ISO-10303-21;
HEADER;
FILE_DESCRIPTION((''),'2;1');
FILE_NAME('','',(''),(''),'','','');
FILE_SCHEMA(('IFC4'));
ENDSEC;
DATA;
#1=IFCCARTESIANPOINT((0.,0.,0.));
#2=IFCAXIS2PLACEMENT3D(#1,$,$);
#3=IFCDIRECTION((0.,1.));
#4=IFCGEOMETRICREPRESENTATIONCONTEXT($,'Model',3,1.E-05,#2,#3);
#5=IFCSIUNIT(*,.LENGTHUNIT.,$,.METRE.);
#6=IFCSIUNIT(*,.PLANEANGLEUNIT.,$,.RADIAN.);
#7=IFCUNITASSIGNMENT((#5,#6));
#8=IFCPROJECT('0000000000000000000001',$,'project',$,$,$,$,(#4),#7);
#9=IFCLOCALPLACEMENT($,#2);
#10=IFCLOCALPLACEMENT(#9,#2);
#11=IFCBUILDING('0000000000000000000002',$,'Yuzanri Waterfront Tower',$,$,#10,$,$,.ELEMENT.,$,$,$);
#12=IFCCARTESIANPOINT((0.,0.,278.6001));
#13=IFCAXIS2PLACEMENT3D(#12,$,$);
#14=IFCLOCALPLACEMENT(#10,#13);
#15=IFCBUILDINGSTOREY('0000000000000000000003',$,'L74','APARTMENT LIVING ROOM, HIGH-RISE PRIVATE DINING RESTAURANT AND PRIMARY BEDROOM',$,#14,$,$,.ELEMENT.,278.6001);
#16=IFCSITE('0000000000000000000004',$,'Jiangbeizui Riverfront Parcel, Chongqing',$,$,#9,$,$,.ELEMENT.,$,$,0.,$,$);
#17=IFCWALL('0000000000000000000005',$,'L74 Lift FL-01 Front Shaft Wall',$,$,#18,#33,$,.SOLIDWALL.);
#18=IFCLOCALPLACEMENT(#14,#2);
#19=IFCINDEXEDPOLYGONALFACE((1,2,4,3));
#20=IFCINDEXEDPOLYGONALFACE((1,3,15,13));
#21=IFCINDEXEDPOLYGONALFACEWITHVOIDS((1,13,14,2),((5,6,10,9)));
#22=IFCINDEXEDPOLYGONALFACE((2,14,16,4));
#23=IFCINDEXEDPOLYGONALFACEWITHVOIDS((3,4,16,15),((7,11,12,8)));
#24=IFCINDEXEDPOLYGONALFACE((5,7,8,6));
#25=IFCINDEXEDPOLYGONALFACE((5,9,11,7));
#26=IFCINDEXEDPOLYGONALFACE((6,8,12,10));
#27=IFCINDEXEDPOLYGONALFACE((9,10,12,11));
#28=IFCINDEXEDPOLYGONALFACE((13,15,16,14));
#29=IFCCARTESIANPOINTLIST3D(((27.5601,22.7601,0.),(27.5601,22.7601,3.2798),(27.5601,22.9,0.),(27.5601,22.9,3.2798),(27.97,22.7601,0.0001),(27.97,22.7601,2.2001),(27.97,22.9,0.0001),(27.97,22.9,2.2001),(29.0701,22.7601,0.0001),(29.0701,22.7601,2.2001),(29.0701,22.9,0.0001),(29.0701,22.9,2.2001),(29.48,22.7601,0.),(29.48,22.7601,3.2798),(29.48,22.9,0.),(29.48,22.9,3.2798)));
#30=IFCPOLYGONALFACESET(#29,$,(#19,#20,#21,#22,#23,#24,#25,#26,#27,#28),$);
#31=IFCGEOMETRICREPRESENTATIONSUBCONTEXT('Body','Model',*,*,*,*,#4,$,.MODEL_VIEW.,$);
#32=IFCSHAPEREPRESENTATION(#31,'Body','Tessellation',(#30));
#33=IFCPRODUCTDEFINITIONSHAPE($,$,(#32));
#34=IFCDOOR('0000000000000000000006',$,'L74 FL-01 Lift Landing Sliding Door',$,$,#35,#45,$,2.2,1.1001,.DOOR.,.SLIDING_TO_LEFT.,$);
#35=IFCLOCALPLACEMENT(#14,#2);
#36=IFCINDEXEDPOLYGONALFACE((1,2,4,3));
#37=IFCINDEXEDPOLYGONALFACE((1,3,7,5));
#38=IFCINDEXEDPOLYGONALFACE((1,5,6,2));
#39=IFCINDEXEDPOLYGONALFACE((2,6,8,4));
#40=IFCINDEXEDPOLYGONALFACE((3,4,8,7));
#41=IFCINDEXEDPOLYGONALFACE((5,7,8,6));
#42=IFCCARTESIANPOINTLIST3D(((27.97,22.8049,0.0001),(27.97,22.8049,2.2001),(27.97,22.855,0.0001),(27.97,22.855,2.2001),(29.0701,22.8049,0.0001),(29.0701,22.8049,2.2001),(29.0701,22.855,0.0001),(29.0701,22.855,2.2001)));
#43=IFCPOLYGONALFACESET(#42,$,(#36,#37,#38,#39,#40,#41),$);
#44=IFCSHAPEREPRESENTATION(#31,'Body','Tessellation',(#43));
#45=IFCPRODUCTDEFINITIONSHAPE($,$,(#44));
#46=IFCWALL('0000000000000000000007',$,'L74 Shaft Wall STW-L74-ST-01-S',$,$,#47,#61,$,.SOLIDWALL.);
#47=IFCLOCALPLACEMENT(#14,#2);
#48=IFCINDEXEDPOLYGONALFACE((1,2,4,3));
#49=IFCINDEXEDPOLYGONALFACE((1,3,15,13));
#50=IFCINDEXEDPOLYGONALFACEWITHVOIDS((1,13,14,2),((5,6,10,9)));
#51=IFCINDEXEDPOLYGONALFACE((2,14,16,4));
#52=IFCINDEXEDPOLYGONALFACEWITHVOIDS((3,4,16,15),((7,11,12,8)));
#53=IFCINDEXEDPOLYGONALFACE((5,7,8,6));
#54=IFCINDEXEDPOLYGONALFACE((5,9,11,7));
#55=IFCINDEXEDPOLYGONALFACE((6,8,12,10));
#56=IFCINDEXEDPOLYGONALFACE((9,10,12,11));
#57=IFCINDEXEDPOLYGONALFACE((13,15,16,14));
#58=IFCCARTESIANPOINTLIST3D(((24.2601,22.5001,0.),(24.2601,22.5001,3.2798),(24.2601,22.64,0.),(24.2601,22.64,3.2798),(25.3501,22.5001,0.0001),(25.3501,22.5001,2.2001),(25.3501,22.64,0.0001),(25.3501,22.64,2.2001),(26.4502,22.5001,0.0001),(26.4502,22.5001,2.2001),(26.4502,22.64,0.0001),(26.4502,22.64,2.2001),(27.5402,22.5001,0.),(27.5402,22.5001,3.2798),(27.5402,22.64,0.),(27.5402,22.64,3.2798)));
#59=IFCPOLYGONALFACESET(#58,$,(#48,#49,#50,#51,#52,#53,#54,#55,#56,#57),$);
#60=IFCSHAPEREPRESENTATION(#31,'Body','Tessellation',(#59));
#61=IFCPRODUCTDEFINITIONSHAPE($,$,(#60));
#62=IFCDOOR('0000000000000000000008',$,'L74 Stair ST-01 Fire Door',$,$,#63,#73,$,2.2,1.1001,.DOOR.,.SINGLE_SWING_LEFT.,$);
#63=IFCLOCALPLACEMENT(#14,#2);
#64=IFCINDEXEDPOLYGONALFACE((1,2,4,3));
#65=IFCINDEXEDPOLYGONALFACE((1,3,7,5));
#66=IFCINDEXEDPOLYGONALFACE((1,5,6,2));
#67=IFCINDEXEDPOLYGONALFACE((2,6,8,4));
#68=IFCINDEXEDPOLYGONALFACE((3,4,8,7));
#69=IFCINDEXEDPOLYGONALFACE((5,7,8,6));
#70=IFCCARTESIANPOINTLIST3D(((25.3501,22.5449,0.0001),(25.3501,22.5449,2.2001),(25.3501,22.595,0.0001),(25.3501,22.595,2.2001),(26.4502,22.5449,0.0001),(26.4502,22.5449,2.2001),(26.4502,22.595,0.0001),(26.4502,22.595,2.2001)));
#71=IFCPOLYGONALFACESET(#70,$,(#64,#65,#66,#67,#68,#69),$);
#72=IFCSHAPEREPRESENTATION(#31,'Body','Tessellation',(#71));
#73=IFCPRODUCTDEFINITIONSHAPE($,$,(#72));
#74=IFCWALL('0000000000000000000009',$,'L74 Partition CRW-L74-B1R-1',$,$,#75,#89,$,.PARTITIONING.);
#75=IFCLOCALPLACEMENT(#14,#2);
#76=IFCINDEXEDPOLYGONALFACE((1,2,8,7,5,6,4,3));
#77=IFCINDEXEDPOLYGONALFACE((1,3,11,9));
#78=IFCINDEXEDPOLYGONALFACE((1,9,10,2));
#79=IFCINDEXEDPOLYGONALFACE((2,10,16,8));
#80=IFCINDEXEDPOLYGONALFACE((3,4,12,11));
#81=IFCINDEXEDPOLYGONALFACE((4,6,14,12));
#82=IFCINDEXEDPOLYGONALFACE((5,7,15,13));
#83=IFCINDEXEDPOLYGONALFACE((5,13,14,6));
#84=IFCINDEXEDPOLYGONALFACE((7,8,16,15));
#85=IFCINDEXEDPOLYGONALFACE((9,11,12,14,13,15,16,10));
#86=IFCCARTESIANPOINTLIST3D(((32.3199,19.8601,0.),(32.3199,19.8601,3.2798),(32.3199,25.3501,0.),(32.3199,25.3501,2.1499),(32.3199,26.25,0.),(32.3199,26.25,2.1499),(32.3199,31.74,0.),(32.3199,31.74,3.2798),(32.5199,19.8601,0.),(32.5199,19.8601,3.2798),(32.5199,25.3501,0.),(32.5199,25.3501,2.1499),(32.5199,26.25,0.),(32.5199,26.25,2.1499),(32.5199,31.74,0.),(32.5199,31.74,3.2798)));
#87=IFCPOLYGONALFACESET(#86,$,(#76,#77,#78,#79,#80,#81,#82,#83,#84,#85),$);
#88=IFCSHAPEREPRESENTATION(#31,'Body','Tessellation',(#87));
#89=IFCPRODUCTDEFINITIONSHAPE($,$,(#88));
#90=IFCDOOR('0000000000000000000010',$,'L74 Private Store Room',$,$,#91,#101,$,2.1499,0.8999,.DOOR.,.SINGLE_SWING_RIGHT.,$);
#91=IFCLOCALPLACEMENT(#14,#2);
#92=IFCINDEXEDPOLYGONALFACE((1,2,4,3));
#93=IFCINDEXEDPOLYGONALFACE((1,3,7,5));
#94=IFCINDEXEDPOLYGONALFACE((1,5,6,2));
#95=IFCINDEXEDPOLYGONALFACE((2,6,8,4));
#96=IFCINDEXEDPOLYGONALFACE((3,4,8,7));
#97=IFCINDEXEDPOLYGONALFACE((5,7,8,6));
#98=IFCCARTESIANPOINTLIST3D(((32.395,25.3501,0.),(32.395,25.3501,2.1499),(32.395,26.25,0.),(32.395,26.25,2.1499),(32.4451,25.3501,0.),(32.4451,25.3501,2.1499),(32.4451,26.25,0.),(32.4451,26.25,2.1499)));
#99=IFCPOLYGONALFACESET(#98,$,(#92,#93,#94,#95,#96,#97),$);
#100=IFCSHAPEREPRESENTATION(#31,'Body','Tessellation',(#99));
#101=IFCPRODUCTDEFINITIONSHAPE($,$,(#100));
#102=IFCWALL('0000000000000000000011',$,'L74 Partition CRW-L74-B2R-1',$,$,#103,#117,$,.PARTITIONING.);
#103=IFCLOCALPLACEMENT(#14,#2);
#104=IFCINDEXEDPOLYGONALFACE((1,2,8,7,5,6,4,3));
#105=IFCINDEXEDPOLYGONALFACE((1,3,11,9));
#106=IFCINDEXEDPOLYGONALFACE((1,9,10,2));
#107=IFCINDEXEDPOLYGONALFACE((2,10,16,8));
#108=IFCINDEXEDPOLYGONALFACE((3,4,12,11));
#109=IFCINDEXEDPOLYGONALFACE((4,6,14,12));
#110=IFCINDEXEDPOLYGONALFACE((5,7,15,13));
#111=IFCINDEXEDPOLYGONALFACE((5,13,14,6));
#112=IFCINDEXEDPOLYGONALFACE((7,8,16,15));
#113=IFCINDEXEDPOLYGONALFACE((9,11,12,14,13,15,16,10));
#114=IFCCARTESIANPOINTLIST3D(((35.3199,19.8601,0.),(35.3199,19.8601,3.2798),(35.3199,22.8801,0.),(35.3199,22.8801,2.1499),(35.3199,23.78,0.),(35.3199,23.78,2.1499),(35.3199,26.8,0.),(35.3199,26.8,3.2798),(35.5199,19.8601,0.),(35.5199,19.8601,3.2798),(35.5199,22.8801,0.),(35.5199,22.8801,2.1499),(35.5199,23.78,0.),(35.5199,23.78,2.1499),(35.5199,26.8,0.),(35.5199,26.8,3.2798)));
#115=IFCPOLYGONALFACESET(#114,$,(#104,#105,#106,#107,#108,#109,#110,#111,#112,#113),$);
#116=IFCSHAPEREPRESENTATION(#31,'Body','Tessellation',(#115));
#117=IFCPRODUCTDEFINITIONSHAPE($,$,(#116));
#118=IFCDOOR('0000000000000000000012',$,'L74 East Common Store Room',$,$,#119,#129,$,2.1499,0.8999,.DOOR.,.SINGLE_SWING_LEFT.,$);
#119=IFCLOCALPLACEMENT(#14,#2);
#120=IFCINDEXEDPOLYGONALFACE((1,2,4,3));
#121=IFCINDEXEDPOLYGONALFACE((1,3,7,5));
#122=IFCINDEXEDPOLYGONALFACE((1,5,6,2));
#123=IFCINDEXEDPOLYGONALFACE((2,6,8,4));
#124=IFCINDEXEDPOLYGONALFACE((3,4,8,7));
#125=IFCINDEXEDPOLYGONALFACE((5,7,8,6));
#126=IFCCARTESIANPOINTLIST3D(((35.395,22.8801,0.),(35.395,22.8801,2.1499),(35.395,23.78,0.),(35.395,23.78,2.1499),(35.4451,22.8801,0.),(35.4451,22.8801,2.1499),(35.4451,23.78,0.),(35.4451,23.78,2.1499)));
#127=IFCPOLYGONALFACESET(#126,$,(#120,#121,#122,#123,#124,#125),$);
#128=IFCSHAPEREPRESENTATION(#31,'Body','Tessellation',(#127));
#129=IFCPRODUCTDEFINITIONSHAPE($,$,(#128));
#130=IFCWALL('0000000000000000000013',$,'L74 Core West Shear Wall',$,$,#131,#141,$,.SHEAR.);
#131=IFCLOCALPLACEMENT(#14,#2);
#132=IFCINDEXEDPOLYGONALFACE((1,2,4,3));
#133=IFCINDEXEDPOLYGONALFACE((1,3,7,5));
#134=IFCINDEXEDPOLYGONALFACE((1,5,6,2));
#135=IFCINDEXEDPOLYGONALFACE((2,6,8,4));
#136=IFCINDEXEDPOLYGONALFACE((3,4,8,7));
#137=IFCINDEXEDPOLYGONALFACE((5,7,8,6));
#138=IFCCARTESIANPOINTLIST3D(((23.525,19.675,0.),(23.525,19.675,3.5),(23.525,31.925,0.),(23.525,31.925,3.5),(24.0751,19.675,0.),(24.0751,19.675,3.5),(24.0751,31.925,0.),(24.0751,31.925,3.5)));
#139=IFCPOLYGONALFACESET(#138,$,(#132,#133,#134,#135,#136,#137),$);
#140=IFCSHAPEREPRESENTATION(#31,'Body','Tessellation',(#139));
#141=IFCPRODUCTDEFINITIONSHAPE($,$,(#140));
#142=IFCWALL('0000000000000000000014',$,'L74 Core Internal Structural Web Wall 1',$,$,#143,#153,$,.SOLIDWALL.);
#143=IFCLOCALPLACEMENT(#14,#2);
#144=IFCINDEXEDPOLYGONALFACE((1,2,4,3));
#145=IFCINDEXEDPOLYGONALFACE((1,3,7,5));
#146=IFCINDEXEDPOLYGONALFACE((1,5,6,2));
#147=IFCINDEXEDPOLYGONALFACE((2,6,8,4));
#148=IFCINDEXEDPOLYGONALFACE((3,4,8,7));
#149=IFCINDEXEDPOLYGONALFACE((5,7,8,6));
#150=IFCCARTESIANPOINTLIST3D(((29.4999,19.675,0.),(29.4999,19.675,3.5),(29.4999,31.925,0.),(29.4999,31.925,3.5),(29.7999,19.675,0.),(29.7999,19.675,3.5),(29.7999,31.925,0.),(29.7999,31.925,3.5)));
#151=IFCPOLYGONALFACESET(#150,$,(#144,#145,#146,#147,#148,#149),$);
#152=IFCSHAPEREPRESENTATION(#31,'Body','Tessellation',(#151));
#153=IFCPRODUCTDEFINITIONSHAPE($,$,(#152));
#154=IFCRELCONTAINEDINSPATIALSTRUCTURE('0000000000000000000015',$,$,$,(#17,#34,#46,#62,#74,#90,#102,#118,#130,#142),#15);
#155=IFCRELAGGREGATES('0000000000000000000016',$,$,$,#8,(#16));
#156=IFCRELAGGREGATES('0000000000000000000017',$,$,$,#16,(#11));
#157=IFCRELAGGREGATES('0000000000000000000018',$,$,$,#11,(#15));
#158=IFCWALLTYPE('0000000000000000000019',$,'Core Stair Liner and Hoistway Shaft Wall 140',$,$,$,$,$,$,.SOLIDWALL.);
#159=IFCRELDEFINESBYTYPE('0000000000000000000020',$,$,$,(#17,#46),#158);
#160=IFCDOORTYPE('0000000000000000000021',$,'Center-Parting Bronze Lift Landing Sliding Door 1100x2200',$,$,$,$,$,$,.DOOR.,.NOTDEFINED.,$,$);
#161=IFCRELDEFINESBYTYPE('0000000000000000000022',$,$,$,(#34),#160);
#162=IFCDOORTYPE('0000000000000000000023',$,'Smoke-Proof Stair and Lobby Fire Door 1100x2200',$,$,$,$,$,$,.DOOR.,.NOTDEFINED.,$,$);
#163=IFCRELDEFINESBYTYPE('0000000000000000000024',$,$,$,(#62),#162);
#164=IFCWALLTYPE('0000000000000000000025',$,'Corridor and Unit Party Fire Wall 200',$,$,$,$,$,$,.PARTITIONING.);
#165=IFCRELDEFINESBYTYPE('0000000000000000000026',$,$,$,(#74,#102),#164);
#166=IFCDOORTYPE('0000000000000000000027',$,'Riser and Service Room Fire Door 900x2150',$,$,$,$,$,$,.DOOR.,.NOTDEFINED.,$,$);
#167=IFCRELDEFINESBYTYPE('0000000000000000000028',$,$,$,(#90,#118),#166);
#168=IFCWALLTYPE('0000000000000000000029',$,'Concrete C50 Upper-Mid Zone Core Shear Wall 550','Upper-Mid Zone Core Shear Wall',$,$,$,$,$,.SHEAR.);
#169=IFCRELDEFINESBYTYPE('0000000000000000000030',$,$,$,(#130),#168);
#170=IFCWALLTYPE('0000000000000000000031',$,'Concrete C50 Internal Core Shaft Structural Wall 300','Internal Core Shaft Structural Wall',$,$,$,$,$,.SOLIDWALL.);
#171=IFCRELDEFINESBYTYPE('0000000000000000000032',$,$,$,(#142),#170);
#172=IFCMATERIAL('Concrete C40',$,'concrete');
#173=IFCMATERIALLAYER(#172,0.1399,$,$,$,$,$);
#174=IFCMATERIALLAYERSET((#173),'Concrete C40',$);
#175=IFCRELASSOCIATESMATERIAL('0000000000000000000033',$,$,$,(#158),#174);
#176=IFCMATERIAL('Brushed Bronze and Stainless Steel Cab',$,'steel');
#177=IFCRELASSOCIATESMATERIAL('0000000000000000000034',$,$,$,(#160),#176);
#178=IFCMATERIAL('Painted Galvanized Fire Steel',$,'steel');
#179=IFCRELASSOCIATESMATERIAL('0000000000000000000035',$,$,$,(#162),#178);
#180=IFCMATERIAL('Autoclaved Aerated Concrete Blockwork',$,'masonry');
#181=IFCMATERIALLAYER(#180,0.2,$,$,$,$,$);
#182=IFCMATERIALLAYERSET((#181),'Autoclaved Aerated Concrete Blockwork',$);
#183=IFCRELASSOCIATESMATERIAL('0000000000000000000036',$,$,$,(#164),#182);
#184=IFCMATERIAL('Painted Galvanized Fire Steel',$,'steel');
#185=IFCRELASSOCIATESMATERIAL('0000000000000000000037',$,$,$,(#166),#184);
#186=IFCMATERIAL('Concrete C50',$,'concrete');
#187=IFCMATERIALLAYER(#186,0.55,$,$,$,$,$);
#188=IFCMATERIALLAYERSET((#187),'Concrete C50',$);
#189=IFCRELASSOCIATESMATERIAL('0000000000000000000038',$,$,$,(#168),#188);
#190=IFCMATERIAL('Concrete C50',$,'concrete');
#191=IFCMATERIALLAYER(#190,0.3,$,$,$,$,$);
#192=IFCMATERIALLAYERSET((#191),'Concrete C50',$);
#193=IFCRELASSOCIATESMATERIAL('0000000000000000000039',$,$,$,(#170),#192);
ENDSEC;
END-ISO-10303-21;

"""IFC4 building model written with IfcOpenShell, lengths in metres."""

from ifc_helpers import new_model, si_unit, direction, frame, frame_2d, origin, place, context, subcontext, project, spatial, rectangle, extrude, source, transform, mapped, material, layer, layer_set, type_object, element, fill, save


model = new_model("IFC4")

# Units and contexts
model_context = context("Model", 3, precision=1e-05, world=origin(), true_north=direction((0.0, 1.0)))
body_context = subcontext(model_context, "Body", "Model", "MODEL_VIEW")
ifc_project = project(units=[si_unit("LENGTHUNIT", "METRE"), si_unit("PLANEANGLEUNIT", "RADIAN")], contexts=[model_context])

# Site, building, storey
site_placement = place(None, origin())
site = spatial("IfcSite", under=ifc_project, at=site_placement, Name="Jiangbeizui Riverfront Parcel, Chongqing", CompositionType="ELEMENT", RefElevation=0.0)
building_placement = place(site_placement, origin())
building = spatial("IfcBuilding", under=site, at=building_placement, Name="Yuzanri Waterfront Tower", CompositionType="ELEMENT")
storey_placement = place(building_placement, frame((0.0, 0.0, 278.6001)))
storey = spatial("IfcBuildingStorey", under=building, at=storey_placement, Name="L74", Description="APARTMENT LIVING ROOM, HIGH-RISE PRIVATE DINING RESTAURANT AND PRIMARY BEDROOM", CompositionType="ELEMENT", Elevation=278.6001)

# Walls, openings, doors
ifc_material_1 = material(Name="Concrete C40", Category="concrete")
ifc_layer_1 = layer(ifc_material_1, 0.1399)
ifc_layer_set_1 = layer_set([ifc_layer_1], Name="Concrete C40")
wall_type_1 = type_object("IfcWallType", Name="Core Stair Liner and Hoistway Shaft Wall 140", PredefinedType="SOLIDWALL", material=ifc_layer_set_1)
wall_1_placement = place(storey_placement, frame((27.5601, 22.8301, 0.0), z_axis=(0.0, 0.0, 1.0), x_axis=(1.0, 0.0, 0.0)))
wall_1 = element("IfcWall", 1, at=wall_1_placement, inside=storey, type_object=wall_type_1, Name="L74 Lift FL-01 Front Shaft Wall", PredefinedType="SOLIDWALL", context=body_context, shape_type="SweptSolid", body=[
    extrude(rectangle(XDim=1.9199, YDim=0.1399, at=frame_2d((0.96, 0.0))), origin(), (0.0, 0.0, 1.0), 3.2798),
])
opening_1_placement = place(wall_1_placement, frame((0.4099, 0.0, 0.0)))
opening_1 = element("IfcOpeningElement", 2, at=opening_1_placement, cuts=wall_1, PredefinedType="OPENING", context=body_context, shape_type="SweptSolid", body=[
    extrude(rectangle(XDim=1.1001, YDim=2.2, at=frame_2d((0.55, 1.1001))), frame((0.0, 0.085, 0.0), z_axis=(0.0, -1.0, 0.0), x_axis=(1.0, 0.0, 0.0)), (0.0, 0.0, 1.0), 0.1697),
])
ifc_material_2 = material(Name="Brushed Bronze and Stainless Steel Cab", Category="steel")
door_type_1 = type_object("IfcDoorType", Name="Center-Parting Bronze Lift Landing Sliding Door 1100x2200", OperationType="NOTDEFINED", PredefinedType="DOOR", material=ifc_material_2)
shared_shape_1 = source(origin(), body_context, "Body", "SweptSolid", [
    extrude(rectangle(XDim=1.1001, YDim=2.2, at=frame_2d((0.55, 1.1001))), frame((0.0, 0.0249, 0.0), z_axis=(0.0, -1.0, 0.0), x_axis=(1.0, 0.0, 0.0)), (0.0, 0.0, 1.0), 0.05),
])
door_1_placement = place(opening_1_placement, origin())
door_1 = element("IfcDoor", 3, at=door_1_placement, inside=storey, type_object=door_type_1, Name="L74 FL-01 Lift Landing Sliding Door", OperationType="SLIDING_TO_LEFT", OverallHeight=2.2, OverallWidth=1.1001, PredefinedType="DOOR", context=body_context, shape_type="MappedRepresentation", body=[
    mapped(shared_shape_1, transform((0.0, 0.0, 0.0), scale=1.0)),
])
fill(opening_1, door_1)
wall_2_placement = place(storey_placement, frame((24.26, 22.5701, 0.0), z_axis=(0.0, 0.0, 1.0), x_axis=(1.0, 0.0, 0.0)))
wall_2 = element("IfcWall", 4, at=wall_2_placement, inside=storey, type_object=wall_type_1, Name="L74 Shaft Wall STW-L74-ST-01-S", PredefinedType="SOLIDWALL", context=body_context, shape_type="SweptSolid", body=[
    extrude(rectangle(XDim=3.28, YDim=0.1399, at=frame_2d((1.6401, 0.0))), origin(), (0.0, 0.0, 1.0), 3.2798),
])
opening_2_placement = place(wall_2_placement, frame((1.0901, 0.0, 0.0)))
opening_2 = element("IfcOpeningElement", 5, at=opening_2_placement, cuts=wall_2, PredefinedType="OPENING", context=body_context, shape_type="SweptSolid", body=[
    extrude(rectangle(XDim=1.1001, YDim=2.2, at=frame_2d((0.55, 1.1001))), frame((0.0, 0.085, 0.0), z_axis=(0.0, -1.0, 0.0), x_axis=(1.0, 0.0, 0.0)), (0.0, 0.0, 1.0), 0.1697),
])
ifc_material_3 = material(Name="Painted Galvanized Fire Steel", Category="steel")
door_type_2 = type_object("IfcDoorType", Name="Smoke-Proof Stair and Lobby Fire Door 1100x2200", OperationType="NOTDEFINED", PredefinedType="DOOR", material=ifc_material_3)
shared_shape_2 = source(origin(), body_context, "Body", "SweptSolid", [
    extrude(rectangle(XDim=1.1001, YDim=2.2, at=frame_2d((0.55, 1.1001))), frame((0.0, 0.0249, 0.0), z_axis=(0.0, -1.0, 0.0), x_axis=(1.0, 0.0, 0.0)), (0.0, 0.0, 1.0), 0.05),
])
door_2_placement = place(opening_2_placement, origin())
door_2 = element("IfcDoor", 6, at=door_2_placement, inside=storey, type_object=door_type_2, Name="L74 Stair ST-01 Fire Door", OperationType="SINGLE_SWING_LEFT", OverallHeight=2.2, OverallWidth=1.1001, PredefinedType="DOOR", context=body_context, shape_type="MappedRepresentation", body=[
    mapped(shared_shape_2, transform((0.0, 0.0, 0.0), scale=1.0)),
])
fill(opening_2, door_2)
ifc_material_4 = material(Name="Autoclaved Aerated Concrete Blockwork", Category="masonry")
ifc_layer_2 = layer(ifc_material_4, 0.2)
ifc_layer_set_2 = layer_set([ifc_layer_2], Name="Autoclaved Aerated Concrete Blockwork")
wall_type_2 = type_object("IfcWallType", Name="Corridor and Unit Party Fire Wall 200", PredefinedType="PARTITIONING", material=ifc_layer_set_2)
wall_3_placement = place(storey_placement, frame((32.4199, 19.8601, 0.0), z_axis=(0.0, 0.0, 1.0), x_axis=(0.0, 1.0, 0.0)))
wall_3 = element("IfcWall", 7, at=wall_3_placement, inside=storey, type_object=wall_type_2, Name="L74 Partition CRW-L74-B1R-1", PredefinedType="PARTITIONING", context=body_context, shape_type="SweptSolid", body=[
    extrude(rectangle(XDim=11.8799, YDim=0.2, at=frame_2d((5.9399, 0.0))), origin(), (0.0, 0.0, 1.0), 3.2798),
])
opening_3_placement = place(wall_3_placement, frame((5.49, 0.0, 0.0)))
opening_3 = element("IfcOpeningElement", 8, at=opening_3_placement, cuts=wall_3, PredefinedType="OPENING", context=body_context, shape_type="SweptSolid", body=[
    extrude(rectangle(XDim=0.8999, YDim=2.1499, at=frame_2d((0.45, 1.075))), frame((0.0, 0.1147, 0.0), z_axis=(0.0, -1.0, 0.0), x_axis=(1.0, 0.0, 0.0)), (0.0, 0.0, 1.0), 0.2297),
])
ifc_material_5 = material(Name="Painted Galvanized Fire Steel", Category="steel")
door_type_3 = type_object("IfcDoorType", Name="Riser and Service Room Fire Door 900x2150", OperationType="NOTDEFINED", PredefinedType="DOOR", material=ifc_material_5)
shared_shape_3 = source(origin(), body_context, "Body", "SweptSolid", [
    extrude(rectangle(XDim=0.8999, YDim=2.1499, at=frame_2d((0.45, 1.075))), frame((0.0, 0.0249, 0.0), z_axis=(0.0, -1.0, 0.0), x_axis=(1.0, 0.0, 0.0)), (0.0, 0.0, 1.0), 0.05),
])
door_3_placement = place(opening_3_placement, origin())
door_3 = element("IfcDoor", 9, at=door_3_placement, inside=storey, type_object=door_type_3, Name="L74 Private Store Room", OperationType="SINGLE_SWING_RIGHT", OverallHeight=2.1499, OverallWidth=0.8999, PredefinedType="DOOR", context=body_context, shape_type="MappedRepresentation", body=[
    mapped(shared_shape_3, transform((0.0, 0.0, 0.0), scale=1.0)),
])
fill(opening_3, door_3)
wall_4_placement = place(storey_placement, frame((35.4199, 19.8601, 0.0), z_axis=(0.0, 0.0, 1.0), x_axis=(0.0, 1.0, 0.0)))
wall_4 = element("IfcWall", 10, at=wall_4_placement, inside=storey, type_object=wall_type_2, Name="L74 Partition CRW-L74-B2R-1", PredefinedType="PARTITIONING", context=body_context, shape_type="SweptSolid", body=[
    extrude(rectangle(XDim=6.9399, YDim=0.2, at=frame_2d((3.47, 0.0))), origin(), (0.0, 0.0, 1.0), 3.2798),
])
opening_4_placement = place(wall_4_placement, frame((3.02, 0.0, 0.0)))
opening_4 = element("IfcOpeningElement", 11, at=opening_4_placement, cuts=wall_4, PredefinedType="OPENING", context=body_context, shape_type="SweptSolid", body=[
    extrude(rectangle(XDim=0.8999, YDim=2.1499, at=frame_2d((0.45, 1.075))), frame((0.0, 0.1147, 0.0), z_axis=(0.0, -1.0, 0.0), x_axis=(1.0, 0.0, 0.0)), (0.0, 0.0, 1.0), 0.2297),
])
door_4_placement = place(opening_4_placement, origin())
door_4 = element("IfcDoor", 12, at=door_4_placement, inside=storey, type_object=door_type_3, Name="L74 East Common Store Room", OperationType="SINGLE_SWING_LEFT", OverallHeight=2.1499, OverallWidth=0.8999, PredefinedType="DOOR", context=body_context, shape_type="MappedRepresentation", body=[
    mapped(shared_shape_3, transform((0.0, 0.0, 0.0), scale=1.0)),
])
fill(opening_4, door_4)

# Walls
ifc_material_6 = material(Name="Concrete C50", Category="concrete")
ifc_layer_3 = layer(ifc_material_6, 0.55)
ifc_layer_set_3 = layer_set([ifc_layer_3], Name="Concrete C50")
wall_type_3 = type_object("IfcWallType", Name="Concrete C50 Upper-Mid Zone Core Shear Wall 550", Description="Upper-Mid Zone Core Shear Wall", PredefinedType="SHEAR", material=ifc_layer_set_3)
shared_shape_4 = source(origin(), body_context, "Body", "SweptSolid", [
    extrude(rectangle(XDim=12.25, YDim=0.55, at=frame_2d((6.125, 0.0))), origin(), (0.0, 0.0, 1.0), 3.5),
])
wall_5_placement = place(storey_placement, frame((23.8, 19.675, 0.0), z_axis=(0.0, 0.0, 1.0), x_axis=(0.0, 1.0, 0.0)))
element("IfcWall", 13, at=wall_5_placement, inside=storey, type_object=wall_type_3, Name="L74 Core West Shear Wall", PredefinedType="SHEAR", context=body_context, shape_type="MappedRepresentation", body=[
    mapped(shared_shape_4, transform((0.0, 0.0, 0.0), scale=1.0)),
])
ifc_material_7 = material(Name="Concrete C50", Category="concrete")
ifc_layer_4 = layer(ifc_material_7, 0.3)
ifc_layer_set_4 = layer_set([ifc_layer_4], Name="Concrete C50")
wall_type_4 = type_object("IfcWallType", Name="Concrete C50 Internal Core Shaft Structural Wall 300", Description="Internal Core Shaft Structural Wall", PredefinedType="SOLIDWALL", material=ifc_layer_set_4)
shared_shape_5 = source(origin(), body_context, "Body", "SweptSolid", [
    extrude(rectangle(XDim=12.25, YDim=0.3, at=frame_2d((6.125, 0.0))), origin(), (0.0, 0.0, 1.0), 3.5),
])
wall_6_placement = place(storey_placement, frame((29.6499, 19.675, 0.0), z_axis=(0.0, 0.0, 1.0), x_axis=(0.0, 1.0, 0.0)))
element("IfcWall", 14, at=wall_6_placement, inside=storey, type_object=wall_type_4, Name="L74 Core Internal Structural Web Wall 1", PredefinedType="SOLIDWALL", context=body_context, shape_type="MappedRepresentation", body=[
    mapped(shared_shape_5, transform((0.0, 0.0, 0.0), scale=1.0)),
])

save(model, "model.ifc")
